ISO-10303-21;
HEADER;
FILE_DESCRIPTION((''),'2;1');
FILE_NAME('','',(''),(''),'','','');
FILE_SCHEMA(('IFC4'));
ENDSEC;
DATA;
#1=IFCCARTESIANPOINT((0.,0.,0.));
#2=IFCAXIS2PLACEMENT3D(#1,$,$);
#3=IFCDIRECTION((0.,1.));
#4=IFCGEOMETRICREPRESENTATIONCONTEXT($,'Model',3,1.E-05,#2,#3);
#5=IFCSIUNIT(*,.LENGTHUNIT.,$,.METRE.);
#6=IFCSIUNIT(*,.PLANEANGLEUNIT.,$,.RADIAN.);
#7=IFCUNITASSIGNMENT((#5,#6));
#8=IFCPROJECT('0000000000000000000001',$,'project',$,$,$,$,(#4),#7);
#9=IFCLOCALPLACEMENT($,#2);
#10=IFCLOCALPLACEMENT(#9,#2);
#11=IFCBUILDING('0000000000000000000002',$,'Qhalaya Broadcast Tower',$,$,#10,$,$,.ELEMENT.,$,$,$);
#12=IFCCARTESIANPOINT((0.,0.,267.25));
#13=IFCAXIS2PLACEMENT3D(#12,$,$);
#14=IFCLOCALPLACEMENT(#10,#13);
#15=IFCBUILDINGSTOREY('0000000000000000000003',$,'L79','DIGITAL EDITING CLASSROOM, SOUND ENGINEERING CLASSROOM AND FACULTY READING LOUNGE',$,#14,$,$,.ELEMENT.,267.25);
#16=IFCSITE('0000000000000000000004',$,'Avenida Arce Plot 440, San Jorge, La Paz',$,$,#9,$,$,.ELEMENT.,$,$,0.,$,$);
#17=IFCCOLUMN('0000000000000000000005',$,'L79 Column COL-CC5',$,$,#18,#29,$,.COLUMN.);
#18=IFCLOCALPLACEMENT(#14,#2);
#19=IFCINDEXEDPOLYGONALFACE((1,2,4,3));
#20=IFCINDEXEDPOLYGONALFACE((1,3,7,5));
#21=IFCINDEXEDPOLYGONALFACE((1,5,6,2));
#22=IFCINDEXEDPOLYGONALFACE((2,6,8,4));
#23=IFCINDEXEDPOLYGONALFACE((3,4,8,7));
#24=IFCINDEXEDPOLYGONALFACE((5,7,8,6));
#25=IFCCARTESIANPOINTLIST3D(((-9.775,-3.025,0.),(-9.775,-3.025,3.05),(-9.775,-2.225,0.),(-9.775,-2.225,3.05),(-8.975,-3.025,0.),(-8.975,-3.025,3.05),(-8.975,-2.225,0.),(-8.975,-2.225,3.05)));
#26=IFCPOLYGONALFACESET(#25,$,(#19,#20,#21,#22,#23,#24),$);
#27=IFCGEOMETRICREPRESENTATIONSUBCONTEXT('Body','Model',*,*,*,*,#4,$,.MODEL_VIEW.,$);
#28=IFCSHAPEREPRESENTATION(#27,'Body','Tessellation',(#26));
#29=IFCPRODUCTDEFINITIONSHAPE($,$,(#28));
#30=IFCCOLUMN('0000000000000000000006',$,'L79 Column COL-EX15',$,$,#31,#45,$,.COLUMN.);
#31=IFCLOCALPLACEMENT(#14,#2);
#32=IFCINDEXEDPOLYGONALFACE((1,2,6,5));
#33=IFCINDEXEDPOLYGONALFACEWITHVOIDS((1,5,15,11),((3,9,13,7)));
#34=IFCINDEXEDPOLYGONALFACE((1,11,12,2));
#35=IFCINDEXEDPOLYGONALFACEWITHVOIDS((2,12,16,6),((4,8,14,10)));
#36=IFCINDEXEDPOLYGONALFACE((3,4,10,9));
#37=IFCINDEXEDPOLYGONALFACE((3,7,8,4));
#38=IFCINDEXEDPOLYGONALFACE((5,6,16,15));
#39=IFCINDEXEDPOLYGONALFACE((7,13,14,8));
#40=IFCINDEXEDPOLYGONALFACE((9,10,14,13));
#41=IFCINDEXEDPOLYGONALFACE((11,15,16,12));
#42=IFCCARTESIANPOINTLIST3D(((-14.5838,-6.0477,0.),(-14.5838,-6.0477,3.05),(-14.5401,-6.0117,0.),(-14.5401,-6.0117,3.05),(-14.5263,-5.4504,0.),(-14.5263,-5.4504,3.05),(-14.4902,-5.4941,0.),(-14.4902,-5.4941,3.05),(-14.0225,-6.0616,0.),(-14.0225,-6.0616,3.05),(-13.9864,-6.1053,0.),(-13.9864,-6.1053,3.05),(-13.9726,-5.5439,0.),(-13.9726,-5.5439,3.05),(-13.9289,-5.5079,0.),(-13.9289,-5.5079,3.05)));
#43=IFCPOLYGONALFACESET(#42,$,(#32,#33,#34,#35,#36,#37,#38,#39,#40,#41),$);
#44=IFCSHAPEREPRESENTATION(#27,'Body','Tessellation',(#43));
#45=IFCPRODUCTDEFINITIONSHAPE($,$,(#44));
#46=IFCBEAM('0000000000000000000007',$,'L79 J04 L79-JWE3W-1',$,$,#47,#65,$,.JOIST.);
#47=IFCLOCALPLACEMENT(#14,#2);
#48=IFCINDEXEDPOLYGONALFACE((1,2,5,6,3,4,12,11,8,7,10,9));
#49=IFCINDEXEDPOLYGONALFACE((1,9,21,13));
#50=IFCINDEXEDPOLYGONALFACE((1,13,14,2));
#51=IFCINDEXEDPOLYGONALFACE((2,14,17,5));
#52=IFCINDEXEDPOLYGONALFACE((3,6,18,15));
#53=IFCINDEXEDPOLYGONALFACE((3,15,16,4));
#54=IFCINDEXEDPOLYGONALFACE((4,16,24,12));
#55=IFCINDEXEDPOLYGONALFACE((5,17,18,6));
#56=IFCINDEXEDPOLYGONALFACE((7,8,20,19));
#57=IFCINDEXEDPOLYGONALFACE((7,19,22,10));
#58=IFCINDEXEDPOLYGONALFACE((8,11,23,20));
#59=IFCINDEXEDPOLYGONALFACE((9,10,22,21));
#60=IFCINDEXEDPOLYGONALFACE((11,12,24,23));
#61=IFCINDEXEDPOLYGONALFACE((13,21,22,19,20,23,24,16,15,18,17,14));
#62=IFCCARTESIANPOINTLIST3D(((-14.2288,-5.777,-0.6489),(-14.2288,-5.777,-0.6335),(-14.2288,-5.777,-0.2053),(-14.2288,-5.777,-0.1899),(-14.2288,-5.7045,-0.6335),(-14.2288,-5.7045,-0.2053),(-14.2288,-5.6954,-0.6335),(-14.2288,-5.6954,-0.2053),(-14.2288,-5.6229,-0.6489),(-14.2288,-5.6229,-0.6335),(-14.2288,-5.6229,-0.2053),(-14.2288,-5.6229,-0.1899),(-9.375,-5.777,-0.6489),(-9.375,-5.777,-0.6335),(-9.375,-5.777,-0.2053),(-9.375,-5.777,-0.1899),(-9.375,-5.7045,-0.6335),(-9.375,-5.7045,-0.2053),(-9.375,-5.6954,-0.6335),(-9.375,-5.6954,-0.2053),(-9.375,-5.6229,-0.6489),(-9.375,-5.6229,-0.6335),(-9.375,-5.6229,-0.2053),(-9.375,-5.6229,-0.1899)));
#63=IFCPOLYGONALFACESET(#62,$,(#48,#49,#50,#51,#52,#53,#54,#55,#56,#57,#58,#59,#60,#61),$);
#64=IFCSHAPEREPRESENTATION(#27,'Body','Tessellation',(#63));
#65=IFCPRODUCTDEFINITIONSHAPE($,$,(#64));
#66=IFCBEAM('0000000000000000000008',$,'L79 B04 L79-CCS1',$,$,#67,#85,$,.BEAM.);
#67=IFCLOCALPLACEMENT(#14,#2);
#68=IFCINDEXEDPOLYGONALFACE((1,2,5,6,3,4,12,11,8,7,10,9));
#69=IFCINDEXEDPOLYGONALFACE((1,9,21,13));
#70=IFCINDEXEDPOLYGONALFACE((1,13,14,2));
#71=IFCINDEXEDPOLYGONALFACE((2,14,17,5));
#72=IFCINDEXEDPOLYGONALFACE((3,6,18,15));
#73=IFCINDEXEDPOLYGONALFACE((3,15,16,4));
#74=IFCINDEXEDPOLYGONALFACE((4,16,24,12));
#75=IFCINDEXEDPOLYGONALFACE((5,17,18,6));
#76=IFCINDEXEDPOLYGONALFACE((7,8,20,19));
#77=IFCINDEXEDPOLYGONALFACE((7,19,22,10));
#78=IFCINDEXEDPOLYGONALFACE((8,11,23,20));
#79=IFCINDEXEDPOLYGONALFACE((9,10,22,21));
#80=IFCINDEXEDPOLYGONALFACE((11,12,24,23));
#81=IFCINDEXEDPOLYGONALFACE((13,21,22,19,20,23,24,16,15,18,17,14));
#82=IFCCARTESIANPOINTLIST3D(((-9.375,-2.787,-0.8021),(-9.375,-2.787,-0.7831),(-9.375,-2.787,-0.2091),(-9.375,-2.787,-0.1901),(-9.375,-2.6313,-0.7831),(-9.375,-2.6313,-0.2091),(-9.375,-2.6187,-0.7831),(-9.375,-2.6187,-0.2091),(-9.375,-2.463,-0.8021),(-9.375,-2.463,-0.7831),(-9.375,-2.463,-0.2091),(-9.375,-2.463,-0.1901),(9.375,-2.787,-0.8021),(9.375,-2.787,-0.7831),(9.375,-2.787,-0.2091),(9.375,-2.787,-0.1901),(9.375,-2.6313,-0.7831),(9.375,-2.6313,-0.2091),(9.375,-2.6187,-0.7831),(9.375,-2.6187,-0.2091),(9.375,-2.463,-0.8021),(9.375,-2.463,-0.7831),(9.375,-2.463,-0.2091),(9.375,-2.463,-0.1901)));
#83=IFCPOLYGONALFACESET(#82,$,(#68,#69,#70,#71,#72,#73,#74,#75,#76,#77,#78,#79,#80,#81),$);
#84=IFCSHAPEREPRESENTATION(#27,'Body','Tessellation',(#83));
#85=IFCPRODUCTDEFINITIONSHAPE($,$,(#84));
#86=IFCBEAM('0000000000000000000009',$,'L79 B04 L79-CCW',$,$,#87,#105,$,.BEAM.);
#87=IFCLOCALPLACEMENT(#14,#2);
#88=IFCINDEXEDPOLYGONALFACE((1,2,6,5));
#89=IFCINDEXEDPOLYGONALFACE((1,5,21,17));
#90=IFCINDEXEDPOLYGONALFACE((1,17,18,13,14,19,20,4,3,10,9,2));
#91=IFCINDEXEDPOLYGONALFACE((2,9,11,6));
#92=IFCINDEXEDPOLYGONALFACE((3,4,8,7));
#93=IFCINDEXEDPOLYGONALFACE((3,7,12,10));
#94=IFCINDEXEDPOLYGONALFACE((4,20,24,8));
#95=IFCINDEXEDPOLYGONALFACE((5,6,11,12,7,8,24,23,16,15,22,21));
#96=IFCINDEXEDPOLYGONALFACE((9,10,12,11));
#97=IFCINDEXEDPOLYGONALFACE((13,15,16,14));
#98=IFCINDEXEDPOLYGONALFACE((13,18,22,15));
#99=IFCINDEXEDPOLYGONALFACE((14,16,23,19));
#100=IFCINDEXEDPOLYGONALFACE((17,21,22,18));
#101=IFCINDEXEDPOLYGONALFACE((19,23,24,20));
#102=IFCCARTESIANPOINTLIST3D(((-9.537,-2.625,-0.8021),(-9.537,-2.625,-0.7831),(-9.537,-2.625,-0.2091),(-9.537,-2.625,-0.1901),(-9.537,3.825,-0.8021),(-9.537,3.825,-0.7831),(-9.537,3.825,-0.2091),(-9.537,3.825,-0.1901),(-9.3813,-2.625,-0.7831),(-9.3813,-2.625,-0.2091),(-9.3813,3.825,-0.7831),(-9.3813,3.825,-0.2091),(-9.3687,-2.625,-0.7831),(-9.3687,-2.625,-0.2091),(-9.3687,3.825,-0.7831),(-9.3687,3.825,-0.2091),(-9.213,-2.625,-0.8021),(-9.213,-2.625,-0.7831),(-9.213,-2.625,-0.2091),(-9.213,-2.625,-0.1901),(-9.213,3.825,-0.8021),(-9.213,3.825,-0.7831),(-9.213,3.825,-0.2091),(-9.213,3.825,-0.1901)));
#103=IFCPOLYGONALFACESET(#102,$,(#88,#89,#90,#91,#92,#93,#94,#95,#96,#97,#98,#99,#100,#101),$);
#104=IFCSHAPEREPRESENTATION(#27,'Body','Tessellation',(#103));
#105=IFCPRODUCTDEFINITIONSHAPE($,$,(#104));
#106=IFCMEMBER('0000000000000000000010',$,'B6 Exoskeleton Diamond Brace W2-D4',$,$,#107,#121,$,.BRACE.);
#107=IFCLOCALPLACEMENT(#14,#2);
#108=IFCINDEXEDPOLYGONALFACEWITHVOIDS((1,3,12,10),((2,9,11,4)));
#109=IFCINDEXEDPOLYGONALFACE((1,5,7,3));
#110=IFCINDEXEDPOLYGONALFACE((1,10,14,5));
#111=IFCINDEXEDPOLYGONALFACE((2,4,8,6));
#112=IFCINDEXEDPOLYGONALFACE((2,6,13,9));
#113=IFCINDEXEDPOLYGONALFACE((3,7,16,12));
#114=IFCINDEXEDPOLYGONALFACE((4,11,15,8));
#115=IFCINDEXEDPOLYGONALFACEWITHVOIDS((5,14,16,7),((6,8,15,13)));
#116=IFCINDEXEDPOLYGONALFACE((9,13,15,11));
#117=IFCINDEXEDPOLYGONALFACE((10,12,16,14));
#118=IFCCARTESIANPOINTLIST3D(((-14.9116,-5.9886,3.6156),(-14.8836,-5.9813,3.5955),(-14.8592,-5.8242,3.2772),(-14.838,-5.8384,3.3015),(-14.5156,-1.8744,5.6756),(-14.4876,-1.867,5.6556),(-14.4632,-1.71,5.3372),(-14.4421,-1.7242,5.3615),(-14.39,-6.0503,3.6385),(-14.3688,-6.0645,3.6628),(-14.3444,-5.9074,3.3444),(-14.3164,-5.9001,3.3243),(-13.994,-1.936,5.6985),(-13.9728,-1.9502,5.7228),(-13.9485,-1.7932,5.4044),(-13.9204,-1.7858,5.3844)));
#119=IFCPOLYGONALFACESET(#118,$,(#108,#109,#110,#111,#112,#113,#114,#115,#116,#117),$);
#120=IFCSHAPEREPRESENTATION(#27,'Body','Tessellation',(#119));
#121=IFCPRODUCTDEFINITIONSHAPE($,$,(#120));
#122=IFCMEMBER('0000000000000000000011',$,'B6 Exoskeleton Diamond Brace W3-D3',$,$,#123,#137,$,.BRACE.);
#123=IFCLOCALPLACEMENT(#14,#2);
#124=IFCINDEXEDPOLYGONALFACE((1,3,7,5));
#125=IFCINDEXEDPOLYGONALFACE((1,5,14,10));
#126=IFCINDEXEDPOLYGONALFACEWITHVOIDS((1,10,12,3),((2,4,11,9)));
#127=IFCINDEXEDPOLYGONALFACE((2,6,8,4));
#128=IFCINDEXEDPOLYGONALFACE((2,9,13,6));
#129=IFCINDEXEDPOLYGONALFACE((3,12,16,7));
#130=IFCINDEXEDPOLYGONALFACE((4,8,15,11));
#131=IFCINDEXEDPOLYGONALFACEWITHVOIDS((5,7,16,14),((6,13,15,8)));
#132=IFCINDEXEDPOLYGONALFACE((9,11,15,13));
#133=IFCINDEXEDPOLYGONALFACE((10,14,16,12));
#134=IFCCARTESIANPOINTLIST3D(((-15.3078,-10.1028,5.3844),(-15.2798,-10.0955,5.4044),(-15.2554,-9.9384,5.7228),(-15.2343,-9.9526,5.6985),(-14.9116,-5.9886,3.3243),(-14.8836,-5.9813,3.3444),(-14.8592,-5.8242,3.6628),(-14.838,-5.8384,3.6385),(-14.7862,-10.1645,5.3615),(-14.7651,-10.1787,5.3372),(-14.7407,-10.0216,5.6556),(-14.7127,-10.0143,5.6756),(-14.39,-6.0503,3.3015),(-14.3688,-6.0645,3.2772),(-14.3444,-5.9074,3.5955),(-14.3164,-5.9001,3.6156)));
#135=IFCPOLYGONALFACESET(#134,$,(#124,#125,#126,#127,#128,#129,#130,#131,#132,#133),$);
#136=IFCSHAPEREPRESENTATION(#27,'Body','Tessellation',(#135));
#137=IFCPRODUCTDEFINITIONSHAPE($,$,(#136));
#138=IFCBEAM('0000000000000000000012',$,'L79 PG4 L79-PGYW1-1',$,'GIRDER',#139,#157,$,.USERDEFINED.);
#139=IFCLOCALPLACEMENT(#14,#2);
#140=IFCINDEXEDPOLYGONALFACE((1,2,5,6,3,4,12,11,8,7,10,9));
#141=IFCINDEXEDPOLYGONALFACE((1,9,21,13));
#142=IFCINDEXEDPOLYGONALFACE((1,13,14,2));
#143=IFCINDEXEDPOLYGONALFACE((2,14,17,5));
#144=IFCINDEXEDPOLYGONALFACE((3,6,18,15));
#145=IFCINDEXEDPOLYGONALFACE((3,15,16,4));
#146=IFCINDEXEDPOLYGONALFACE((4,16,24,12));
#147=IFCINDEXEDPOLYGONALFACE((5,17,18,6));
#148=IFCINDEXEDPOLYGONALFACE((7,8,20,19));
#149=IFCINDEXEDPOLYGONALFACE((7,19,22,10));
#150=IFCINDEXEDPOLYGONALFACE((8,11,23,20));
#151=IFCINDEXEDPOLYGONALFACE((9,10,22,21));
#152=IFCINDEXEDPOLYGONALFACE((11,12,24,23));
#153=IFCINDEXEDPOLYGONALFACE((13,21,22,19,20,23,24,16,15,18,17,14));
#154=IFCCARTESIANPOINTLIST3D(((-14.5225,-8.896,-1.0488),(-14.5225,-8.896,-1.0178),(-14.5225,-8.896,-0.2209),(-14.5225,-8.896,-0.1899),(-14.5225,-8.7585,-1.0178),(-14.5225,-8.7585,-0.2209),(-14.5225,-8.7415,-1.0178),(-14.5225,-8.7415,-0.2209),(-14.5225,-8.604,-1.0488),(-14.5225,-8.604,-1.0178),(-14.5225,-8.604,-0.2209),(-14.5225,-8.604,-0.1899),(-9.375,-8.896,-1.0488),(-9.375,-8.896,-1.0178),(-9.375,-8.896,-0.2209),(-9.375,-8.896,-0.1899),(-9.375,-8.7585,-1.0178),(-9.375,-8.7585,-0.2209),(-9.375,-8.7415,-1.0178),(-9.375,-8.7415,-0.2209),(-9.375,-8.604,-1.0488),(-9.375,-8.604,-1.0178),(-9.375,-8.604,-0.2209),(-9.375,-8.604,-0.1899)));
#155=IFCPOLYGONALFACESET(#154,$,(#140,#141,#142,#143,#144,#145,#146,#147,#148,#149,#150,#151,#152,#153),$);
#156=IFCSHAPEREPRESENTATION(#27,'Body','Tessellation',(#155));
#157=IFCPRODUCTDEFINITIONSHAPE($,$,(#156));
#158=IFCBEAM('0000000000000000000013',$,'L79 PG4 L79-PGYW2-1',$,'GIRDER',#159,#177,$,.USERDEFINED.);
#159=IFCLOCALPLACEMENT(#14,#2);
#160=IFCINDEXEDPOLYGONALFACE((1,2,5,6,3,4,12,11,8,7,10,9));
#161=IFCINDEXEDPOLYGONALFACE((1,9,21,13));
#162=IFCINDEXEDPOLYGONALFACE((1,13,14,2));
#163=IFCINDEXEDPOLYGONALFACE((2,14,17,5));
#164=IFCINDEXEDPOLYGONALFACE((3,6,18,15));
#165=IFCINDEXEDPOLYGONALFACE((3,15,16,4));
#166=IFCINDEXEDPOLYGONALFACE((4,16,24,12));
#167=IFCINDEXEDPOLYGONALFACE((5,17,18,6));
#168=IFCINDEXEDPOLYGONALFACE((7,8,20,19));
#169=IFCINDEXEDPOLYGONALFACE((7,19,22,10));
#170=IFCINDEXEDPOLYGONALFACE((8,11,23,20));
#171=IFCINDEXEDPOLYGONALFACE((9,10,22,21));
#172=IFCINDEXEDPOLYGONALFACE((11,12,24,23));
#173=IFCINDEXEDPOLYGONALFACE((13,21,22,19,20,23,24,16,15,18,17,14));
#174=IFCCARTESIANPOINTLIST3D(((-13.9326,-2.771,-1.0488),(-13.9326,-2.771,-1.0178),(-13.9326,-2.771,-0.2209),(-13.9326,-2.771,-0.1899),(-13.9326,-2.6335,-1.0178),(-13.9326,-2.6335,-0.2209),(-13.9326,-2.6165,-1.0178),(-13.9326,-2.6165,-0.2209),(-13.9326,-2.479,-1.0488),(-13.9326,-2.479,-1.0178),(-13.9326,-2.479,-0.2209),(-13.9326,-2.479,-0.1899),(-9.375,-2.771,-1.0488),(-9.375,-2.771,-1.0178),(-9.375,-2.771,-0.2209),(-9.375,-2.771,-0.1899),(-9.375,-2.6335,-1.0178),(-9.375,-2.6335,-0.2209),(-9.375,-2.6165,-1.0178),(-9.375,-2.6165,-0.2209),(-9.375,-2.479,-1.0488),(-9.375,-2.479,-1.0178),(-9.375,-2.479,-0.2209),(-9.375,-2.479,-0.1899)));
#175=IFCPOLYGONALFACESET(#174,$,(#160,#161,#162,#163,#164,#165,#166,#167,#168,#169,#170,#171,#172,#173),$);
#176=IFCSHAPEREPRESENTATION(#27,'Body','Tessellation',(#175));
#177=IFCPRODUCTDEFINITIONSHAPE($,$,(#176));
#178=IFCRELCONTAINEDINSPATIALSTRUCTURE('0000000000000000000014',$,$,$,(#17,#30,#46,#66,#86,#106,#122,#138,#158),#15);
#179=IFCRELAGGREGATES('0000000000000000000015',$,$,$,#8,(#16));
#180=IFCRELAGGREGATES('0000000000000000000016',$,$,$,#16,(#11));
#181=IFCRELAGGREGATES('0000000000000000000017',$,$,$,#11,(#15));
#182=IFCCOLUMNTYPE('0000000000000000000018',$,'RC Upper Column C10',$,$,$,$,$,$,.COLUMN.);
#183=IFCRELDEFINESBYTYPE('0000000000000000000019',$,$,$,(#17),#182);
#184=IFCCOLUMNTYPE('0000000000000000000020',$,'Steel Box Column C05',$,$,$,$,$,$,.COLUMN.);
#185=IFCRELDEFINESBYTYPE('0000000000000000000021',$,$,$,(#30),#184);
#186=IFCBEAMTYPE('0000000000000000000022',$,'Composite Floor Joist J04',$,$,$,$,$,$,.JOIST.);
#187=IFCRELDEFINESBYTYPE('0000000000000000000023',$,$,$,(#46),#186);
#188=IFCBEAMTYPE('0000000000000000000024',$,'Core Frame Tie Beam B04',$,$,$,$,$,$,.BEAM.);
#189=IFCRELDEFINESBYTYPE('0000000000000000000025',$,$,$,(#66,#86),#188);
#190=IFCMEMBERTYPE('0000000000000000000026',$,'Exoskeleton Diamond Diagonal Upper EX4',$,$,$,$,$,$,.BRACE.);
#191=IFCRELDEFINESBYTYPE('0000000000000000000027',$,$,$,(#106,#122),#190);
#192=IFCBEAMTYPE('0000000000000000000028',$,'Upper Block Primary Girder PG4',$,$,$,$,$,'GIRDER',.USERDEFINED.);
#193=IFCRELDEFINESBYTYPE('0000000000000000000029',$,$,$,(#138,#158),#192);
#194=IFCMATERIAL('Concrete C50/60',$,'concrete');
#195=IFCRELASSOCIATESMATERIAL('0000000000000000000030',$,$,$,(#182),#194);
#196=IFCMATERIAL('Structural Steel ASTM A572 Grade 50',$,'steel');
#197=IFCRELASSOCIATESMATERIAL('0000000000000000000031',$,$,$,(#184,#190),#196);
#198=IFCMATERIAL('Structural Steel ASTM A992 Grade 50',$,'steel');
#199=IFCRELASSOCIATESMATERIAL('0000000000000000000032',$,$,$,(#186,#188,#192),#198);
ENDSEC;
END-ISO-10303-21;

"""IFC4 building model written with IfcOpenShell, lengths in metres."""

from ifc_helpers import new_model, si_unit, direction, frame, origin, origin_2d, place, context, subcontext, project, spatial, rectangle, hollow_rectangle, i_section, extrude, material, material_profile, profile_set, type_object, element, save


model = new_model("IFC4")

# Units and contexts
model_context = context("Model", 3, precision=1e-05, world=origin(), true_north=direction((0.0, 1.0)))
body_context = subcontext(model_context, "Body", "Model", "MODEL_VIEW")
ifc_project = project(units=[si_unit("LENGTHUNIT", "METRE"), si_unit("PLANEANGLEUNIT", "RADIAN")], contexts=[model_context])

# Site, building, storey
site_placement = place(None, origin())
site = spatial("IfcSite", under=ifc_project, at=site_placement, Name="Avenida Arce Plot 440, San Jorge, La Paz", CompositionType="ELEMENT", RefElevation=0.0)
building_placement = place(site_placement, origin())
building = spatial("IfcBuilding", under=site, at=building_placement, Name="Qhalaya Broadcast Tower", CompositionType="ELEMENT")
storey_placement = place(building_placement, frame((0.0, 0.0, 267.25)))
storey = spatial("IfcBuildingStorey", under=building, at=storey_placement, Name="L79", Description="DIGITAL EDITING CLASSROOM, SOUND ENGINEERING CLASSROOM AND FACULTY READING LOUNGE", CompositionType="ELEMENT", Elevation=267.25)

# Columns
ifc_material_1 = material(Name="Concrete C50/60", Category="concrete")
ifc_material_profile_1 = material_profile(ifc_material_1, rectangle(XDim=0.8, YDim=0.8, at=origin_2d()), Name="RC-COL 800x800")
ifc_profile_set_1 = profile_set([ifc_material_profile_1], Name="Concrete C50/60")
column_type_1 = type_object("IfcColumnType", Name="RC Upper Column C10", PredefinedType="COLUMN", material=ifc_profile_set_1)
column_1_placement = place(storey_placement, frame((-9.375, -2.625, 0.0), z_axis=(0.0, 0.0, 1.0), x_axis=(1.0, 0.0, 0.0)))
element("IfcColumn", 1, at=column_1_placement, inside=storey, type_object=column_type_1, Name="L79 Column COL-CC5", PredefinedType="COLUMN", context=body_context, shape_type="SweptSolid", body=[
    extrude(rectangle(XDim=0.8, YDim=0.8, at=origin_2d()), origin(), (0.0, 0.0, 1.0), 3.05),
])
ifc_material_2 = material(Name="Structural Steel ASTM A572 Grade 50", Category="steel")
ifc_material_profile_2 = material_profile(ifc_material_2, hollow_rectangle(XDim=0.6001, YDim=0.6001, WallThickness=0.04, at=origin_2d()), Name="BOX 600x600x40")
ifc_profile_set_2 = profile_set([ifc_material_profile_2], Name="Structural Steel ASTM A572 Grade 50")
column_type_2 = type_object("IfcColumnType", Name="Steel Box Column C05", PredefinedType="COLUMN", material=ifc_profile_set_2)
column_2_placement = place(storey_placement, frame((-14.2563, -5.7778, 0.0), z_axis=(0.0, 0.0, 1.0), x_axis=(0.095846, 0.995396, 0.0)))
element("IfcColumn", 2, at=column_2_placement, inside=storey, type_object=column_type_2, Name="L79 Column COL-EX15", PredefinedType="COLUMN", context=body_context, shape_type="SweptSolid", body=[
    extrude(hollow_rectangle(XDim=0.6001, YDim=0.6001, WallThickness=0.04, at=origin_2d()), origin(), (0.0, 0.0, 1.0), 3.05),
])

# Beams
ifc_material_3 = material(Name="Structural Steel ASTM A992 Grade 50", Category="steel")
ifc_material_profile_3 = material_profile(ifc_material_3, i_section(OverallWidth=0.1541, OverallDepth=0.459, WebThickness=0.009, FlangeThickness=0.0154, at=origin_2d()), Name="W18X46")
ifc_profile_set_3 = profile_set([ifc_material_profile_3], Name="Structural Steel ASTM A992 Grade 50")
beam_type_1 = type_object("IfcBeamType", Name="Composite Floor Joist J04", PredefinedType="JOIST", material=ifc_profile_set_3)
beam_1_placement = place(storey_placement, frame((-14.2288, -5.7, -0.4194), z_axis=(1.0, 0.0, 0.0), x_axis=(0.0, 1.0, 0.0)))
element("IfcBeam", 3, at=beam_1_placement, inside=storey, type_object=beam_type_1, Name="L79 J04 L79-JWE3W-1", PredefinedType="JOIST", context=body_context, shape_type="SweptSolid", body=[
    extrude(i_section(OverallWidth=0.1541, OverallDepth=0.459, WebThickness=0.009, FlangeThickness=0.0154, at=origin_2d()), origin(), (0.0, 0.0, 1.0), 4.8538),
])
ifc_material_profile_4 = material_profile(ifc_material_3, i_section(OverallWidth=0.324, OverallDepth=0.6121, WebThickness=0.0127, FlangeThickness=0.019, at=origin_2d()), Name="W24X104")
ifc_profile_set_4 = profile_set([ifc_material_profile_4], Name="Structural Steel ASTM A992 Grade 50")
beam_type_2 = type_object("IfcBeamType", Name="Core Frame Tie Beam B04", PredefinedType="BEAM", material=ifc_profile_set_4)
beam_2_placement = place(storey_placement, frame((-9.375, -2.625, -0.4961), z_axis=(1.0, 0.0, 0.0), x_axis=(0.0, 1.0, 0.0)))
element("IfcBeam", 4, at=beam_2_placement, inside=storey, type_object=beam_type_2, Name="L79 B04 L79-CCS1", PredefinedType="BEAM", context=body_context, shape_type="SweptSolid", body=[
    extrude(i_section(OverallWidth=0.324, OverallDepth=0.6121, WebThickness=0.0127, FlangeThickness=0.019, at=origin_2d()), origin(), (0.0, 0.0, 1.0), 18.75),
])
beam_3_placement = place(storey_placement, frame((-9.375, -2.625, -0.4961), z_axis=(0.0, 1.0, 0.0), x_axis=(-1.0, 0.0, 0.0)))
element("IfcBeam", 5, at=beam_3_placement, inside=storey, type_object=beam_type_2, Name="L79 B04 L79-CCW", PredefinedType="BEAM", context=body_context, shape_type="SweptSolid", body=[
    extrude(i_section(OverallWidth=0.324, OverallDepth=0.6121, WebThickness=0.0127, FlangeThickness=0.019, at=origin_2d()), origin(), (0.0, 0.0, 1.0), 6.45),
])

# Members
ifc_material_profile_5 = material_profile(ifc_material_2, hollow_rectangle(XDim=0.3799, YDim=0.55, WallThickness=0.0249, at=origin_2d()), Name="BOX 380x550x25")
ifc_profile_set_5 = profile_set([ifc_material_profile_5], Name="Structural Steel ASTM A572 Grade 50")
member_type = type_object("IfcMemberType", Name="Exoskeleton Diamond Diagonal Upper EX4", PredefinedType="BRACE", material=ifc_profile_set_5)
for number, where, z_axis, x_axis, name in (
    (6, (-14.614, -5.9443, 3.47), (0.085747, 0.890879, 0.446074), (-0.137945, -0.432795, 0.890876), "B6 Exoskeleton Diamond Brace W2-D4"),
    (7, (-14.614, -5.9443, 3.47), (-0.085799, -0.890875, 0.446072), (0.13797, 0.432785, 0.890877), "B6 Exoskeleton Diamond Brace W3-D3"),
):
    element("IfcMember", number, at=place(storey_placement, frame(where, z_axis=z_axis, x_axis=x_axis)), inside=storey, type_object=member_type, Name=name, PredefinedType="BRACE", context=body_context, shape_type="SweptSolid", body=[
        extrude(hollow_rectangle(XDim=0.3799, YDim=0.55, WallThickness=0.0249, at=origin_2d()), origin(), (0.0, 0.0, 1.0), 4.6182),
    ])

# Beams
ifc_material_profile_6 = material_profile(ifc_material_3, i_section(OverallWidth=0.292, OverallDepth=0.8589, WebThickness=0.0171, FlangeThickness=0.031, at=origin_2d()), Name="W33X169")
ifc_profile_set_6 = profile_set([ifc_material_profile_6], Name="Structural Steel ASTM A992 Grade 50")
beam_type_3 = type_object("IfcBeamType", Name="Upper Block Primary Girder PG4", ElementType="GIRDER", PredefinedType="USERDEFINED", material=ifc_profile_set_6)
beam_4_placement = place(storey_placement, frame((-14.5225, -8.75, -0.6194), z_axis=(1.0, 0.0, 0.0), x_axis=(0.0, 1.0, 0.0)))
element("IfcBeam", 8, at=beam_4_placement, inside=storey, type_object=beam_type_3, Name="L79 PG4 L79-PGYW1-1", ObjectType="GIRDER", PredefinedType="USERDEFINED", context=body_context, shape_type="SweptSolid", body=[
    extrude(i_section(OverallWidth=0.292, OverallDepth=0.8589, WebThickness=0.0171, FlangeThickness=0.031, at=origin_2d()), origin(), (0.0, 0.0, 1.0), 5.1475),
])
beam_5_placement = place(storey_placement, frame((-13.9326, -2.625, -0.6194), z_axis=(1.0, 0.0, 0.0), x_axis=(0.0, 1.0, 0.0)))
element("IfcBeam", 9, at=beam_5_placement, inside=storey, type_object=beam_type_3, Name="L79 PG4 L79-PGYW2-1", ObjectType="GIRDER", PredefinedType="USERDEFINED", context=body_context, shape_type="SweptSolid", body=[
    extrude(i_section(OverallWidth=0.292, OverallDepth=0.8589, WebThickness=0.0171, FlangeThickness=0.031, at=origin_2d()), origin(), (0.0, 0.0, 1.0), 4.5576),
])

save(model, "model.ifc")
